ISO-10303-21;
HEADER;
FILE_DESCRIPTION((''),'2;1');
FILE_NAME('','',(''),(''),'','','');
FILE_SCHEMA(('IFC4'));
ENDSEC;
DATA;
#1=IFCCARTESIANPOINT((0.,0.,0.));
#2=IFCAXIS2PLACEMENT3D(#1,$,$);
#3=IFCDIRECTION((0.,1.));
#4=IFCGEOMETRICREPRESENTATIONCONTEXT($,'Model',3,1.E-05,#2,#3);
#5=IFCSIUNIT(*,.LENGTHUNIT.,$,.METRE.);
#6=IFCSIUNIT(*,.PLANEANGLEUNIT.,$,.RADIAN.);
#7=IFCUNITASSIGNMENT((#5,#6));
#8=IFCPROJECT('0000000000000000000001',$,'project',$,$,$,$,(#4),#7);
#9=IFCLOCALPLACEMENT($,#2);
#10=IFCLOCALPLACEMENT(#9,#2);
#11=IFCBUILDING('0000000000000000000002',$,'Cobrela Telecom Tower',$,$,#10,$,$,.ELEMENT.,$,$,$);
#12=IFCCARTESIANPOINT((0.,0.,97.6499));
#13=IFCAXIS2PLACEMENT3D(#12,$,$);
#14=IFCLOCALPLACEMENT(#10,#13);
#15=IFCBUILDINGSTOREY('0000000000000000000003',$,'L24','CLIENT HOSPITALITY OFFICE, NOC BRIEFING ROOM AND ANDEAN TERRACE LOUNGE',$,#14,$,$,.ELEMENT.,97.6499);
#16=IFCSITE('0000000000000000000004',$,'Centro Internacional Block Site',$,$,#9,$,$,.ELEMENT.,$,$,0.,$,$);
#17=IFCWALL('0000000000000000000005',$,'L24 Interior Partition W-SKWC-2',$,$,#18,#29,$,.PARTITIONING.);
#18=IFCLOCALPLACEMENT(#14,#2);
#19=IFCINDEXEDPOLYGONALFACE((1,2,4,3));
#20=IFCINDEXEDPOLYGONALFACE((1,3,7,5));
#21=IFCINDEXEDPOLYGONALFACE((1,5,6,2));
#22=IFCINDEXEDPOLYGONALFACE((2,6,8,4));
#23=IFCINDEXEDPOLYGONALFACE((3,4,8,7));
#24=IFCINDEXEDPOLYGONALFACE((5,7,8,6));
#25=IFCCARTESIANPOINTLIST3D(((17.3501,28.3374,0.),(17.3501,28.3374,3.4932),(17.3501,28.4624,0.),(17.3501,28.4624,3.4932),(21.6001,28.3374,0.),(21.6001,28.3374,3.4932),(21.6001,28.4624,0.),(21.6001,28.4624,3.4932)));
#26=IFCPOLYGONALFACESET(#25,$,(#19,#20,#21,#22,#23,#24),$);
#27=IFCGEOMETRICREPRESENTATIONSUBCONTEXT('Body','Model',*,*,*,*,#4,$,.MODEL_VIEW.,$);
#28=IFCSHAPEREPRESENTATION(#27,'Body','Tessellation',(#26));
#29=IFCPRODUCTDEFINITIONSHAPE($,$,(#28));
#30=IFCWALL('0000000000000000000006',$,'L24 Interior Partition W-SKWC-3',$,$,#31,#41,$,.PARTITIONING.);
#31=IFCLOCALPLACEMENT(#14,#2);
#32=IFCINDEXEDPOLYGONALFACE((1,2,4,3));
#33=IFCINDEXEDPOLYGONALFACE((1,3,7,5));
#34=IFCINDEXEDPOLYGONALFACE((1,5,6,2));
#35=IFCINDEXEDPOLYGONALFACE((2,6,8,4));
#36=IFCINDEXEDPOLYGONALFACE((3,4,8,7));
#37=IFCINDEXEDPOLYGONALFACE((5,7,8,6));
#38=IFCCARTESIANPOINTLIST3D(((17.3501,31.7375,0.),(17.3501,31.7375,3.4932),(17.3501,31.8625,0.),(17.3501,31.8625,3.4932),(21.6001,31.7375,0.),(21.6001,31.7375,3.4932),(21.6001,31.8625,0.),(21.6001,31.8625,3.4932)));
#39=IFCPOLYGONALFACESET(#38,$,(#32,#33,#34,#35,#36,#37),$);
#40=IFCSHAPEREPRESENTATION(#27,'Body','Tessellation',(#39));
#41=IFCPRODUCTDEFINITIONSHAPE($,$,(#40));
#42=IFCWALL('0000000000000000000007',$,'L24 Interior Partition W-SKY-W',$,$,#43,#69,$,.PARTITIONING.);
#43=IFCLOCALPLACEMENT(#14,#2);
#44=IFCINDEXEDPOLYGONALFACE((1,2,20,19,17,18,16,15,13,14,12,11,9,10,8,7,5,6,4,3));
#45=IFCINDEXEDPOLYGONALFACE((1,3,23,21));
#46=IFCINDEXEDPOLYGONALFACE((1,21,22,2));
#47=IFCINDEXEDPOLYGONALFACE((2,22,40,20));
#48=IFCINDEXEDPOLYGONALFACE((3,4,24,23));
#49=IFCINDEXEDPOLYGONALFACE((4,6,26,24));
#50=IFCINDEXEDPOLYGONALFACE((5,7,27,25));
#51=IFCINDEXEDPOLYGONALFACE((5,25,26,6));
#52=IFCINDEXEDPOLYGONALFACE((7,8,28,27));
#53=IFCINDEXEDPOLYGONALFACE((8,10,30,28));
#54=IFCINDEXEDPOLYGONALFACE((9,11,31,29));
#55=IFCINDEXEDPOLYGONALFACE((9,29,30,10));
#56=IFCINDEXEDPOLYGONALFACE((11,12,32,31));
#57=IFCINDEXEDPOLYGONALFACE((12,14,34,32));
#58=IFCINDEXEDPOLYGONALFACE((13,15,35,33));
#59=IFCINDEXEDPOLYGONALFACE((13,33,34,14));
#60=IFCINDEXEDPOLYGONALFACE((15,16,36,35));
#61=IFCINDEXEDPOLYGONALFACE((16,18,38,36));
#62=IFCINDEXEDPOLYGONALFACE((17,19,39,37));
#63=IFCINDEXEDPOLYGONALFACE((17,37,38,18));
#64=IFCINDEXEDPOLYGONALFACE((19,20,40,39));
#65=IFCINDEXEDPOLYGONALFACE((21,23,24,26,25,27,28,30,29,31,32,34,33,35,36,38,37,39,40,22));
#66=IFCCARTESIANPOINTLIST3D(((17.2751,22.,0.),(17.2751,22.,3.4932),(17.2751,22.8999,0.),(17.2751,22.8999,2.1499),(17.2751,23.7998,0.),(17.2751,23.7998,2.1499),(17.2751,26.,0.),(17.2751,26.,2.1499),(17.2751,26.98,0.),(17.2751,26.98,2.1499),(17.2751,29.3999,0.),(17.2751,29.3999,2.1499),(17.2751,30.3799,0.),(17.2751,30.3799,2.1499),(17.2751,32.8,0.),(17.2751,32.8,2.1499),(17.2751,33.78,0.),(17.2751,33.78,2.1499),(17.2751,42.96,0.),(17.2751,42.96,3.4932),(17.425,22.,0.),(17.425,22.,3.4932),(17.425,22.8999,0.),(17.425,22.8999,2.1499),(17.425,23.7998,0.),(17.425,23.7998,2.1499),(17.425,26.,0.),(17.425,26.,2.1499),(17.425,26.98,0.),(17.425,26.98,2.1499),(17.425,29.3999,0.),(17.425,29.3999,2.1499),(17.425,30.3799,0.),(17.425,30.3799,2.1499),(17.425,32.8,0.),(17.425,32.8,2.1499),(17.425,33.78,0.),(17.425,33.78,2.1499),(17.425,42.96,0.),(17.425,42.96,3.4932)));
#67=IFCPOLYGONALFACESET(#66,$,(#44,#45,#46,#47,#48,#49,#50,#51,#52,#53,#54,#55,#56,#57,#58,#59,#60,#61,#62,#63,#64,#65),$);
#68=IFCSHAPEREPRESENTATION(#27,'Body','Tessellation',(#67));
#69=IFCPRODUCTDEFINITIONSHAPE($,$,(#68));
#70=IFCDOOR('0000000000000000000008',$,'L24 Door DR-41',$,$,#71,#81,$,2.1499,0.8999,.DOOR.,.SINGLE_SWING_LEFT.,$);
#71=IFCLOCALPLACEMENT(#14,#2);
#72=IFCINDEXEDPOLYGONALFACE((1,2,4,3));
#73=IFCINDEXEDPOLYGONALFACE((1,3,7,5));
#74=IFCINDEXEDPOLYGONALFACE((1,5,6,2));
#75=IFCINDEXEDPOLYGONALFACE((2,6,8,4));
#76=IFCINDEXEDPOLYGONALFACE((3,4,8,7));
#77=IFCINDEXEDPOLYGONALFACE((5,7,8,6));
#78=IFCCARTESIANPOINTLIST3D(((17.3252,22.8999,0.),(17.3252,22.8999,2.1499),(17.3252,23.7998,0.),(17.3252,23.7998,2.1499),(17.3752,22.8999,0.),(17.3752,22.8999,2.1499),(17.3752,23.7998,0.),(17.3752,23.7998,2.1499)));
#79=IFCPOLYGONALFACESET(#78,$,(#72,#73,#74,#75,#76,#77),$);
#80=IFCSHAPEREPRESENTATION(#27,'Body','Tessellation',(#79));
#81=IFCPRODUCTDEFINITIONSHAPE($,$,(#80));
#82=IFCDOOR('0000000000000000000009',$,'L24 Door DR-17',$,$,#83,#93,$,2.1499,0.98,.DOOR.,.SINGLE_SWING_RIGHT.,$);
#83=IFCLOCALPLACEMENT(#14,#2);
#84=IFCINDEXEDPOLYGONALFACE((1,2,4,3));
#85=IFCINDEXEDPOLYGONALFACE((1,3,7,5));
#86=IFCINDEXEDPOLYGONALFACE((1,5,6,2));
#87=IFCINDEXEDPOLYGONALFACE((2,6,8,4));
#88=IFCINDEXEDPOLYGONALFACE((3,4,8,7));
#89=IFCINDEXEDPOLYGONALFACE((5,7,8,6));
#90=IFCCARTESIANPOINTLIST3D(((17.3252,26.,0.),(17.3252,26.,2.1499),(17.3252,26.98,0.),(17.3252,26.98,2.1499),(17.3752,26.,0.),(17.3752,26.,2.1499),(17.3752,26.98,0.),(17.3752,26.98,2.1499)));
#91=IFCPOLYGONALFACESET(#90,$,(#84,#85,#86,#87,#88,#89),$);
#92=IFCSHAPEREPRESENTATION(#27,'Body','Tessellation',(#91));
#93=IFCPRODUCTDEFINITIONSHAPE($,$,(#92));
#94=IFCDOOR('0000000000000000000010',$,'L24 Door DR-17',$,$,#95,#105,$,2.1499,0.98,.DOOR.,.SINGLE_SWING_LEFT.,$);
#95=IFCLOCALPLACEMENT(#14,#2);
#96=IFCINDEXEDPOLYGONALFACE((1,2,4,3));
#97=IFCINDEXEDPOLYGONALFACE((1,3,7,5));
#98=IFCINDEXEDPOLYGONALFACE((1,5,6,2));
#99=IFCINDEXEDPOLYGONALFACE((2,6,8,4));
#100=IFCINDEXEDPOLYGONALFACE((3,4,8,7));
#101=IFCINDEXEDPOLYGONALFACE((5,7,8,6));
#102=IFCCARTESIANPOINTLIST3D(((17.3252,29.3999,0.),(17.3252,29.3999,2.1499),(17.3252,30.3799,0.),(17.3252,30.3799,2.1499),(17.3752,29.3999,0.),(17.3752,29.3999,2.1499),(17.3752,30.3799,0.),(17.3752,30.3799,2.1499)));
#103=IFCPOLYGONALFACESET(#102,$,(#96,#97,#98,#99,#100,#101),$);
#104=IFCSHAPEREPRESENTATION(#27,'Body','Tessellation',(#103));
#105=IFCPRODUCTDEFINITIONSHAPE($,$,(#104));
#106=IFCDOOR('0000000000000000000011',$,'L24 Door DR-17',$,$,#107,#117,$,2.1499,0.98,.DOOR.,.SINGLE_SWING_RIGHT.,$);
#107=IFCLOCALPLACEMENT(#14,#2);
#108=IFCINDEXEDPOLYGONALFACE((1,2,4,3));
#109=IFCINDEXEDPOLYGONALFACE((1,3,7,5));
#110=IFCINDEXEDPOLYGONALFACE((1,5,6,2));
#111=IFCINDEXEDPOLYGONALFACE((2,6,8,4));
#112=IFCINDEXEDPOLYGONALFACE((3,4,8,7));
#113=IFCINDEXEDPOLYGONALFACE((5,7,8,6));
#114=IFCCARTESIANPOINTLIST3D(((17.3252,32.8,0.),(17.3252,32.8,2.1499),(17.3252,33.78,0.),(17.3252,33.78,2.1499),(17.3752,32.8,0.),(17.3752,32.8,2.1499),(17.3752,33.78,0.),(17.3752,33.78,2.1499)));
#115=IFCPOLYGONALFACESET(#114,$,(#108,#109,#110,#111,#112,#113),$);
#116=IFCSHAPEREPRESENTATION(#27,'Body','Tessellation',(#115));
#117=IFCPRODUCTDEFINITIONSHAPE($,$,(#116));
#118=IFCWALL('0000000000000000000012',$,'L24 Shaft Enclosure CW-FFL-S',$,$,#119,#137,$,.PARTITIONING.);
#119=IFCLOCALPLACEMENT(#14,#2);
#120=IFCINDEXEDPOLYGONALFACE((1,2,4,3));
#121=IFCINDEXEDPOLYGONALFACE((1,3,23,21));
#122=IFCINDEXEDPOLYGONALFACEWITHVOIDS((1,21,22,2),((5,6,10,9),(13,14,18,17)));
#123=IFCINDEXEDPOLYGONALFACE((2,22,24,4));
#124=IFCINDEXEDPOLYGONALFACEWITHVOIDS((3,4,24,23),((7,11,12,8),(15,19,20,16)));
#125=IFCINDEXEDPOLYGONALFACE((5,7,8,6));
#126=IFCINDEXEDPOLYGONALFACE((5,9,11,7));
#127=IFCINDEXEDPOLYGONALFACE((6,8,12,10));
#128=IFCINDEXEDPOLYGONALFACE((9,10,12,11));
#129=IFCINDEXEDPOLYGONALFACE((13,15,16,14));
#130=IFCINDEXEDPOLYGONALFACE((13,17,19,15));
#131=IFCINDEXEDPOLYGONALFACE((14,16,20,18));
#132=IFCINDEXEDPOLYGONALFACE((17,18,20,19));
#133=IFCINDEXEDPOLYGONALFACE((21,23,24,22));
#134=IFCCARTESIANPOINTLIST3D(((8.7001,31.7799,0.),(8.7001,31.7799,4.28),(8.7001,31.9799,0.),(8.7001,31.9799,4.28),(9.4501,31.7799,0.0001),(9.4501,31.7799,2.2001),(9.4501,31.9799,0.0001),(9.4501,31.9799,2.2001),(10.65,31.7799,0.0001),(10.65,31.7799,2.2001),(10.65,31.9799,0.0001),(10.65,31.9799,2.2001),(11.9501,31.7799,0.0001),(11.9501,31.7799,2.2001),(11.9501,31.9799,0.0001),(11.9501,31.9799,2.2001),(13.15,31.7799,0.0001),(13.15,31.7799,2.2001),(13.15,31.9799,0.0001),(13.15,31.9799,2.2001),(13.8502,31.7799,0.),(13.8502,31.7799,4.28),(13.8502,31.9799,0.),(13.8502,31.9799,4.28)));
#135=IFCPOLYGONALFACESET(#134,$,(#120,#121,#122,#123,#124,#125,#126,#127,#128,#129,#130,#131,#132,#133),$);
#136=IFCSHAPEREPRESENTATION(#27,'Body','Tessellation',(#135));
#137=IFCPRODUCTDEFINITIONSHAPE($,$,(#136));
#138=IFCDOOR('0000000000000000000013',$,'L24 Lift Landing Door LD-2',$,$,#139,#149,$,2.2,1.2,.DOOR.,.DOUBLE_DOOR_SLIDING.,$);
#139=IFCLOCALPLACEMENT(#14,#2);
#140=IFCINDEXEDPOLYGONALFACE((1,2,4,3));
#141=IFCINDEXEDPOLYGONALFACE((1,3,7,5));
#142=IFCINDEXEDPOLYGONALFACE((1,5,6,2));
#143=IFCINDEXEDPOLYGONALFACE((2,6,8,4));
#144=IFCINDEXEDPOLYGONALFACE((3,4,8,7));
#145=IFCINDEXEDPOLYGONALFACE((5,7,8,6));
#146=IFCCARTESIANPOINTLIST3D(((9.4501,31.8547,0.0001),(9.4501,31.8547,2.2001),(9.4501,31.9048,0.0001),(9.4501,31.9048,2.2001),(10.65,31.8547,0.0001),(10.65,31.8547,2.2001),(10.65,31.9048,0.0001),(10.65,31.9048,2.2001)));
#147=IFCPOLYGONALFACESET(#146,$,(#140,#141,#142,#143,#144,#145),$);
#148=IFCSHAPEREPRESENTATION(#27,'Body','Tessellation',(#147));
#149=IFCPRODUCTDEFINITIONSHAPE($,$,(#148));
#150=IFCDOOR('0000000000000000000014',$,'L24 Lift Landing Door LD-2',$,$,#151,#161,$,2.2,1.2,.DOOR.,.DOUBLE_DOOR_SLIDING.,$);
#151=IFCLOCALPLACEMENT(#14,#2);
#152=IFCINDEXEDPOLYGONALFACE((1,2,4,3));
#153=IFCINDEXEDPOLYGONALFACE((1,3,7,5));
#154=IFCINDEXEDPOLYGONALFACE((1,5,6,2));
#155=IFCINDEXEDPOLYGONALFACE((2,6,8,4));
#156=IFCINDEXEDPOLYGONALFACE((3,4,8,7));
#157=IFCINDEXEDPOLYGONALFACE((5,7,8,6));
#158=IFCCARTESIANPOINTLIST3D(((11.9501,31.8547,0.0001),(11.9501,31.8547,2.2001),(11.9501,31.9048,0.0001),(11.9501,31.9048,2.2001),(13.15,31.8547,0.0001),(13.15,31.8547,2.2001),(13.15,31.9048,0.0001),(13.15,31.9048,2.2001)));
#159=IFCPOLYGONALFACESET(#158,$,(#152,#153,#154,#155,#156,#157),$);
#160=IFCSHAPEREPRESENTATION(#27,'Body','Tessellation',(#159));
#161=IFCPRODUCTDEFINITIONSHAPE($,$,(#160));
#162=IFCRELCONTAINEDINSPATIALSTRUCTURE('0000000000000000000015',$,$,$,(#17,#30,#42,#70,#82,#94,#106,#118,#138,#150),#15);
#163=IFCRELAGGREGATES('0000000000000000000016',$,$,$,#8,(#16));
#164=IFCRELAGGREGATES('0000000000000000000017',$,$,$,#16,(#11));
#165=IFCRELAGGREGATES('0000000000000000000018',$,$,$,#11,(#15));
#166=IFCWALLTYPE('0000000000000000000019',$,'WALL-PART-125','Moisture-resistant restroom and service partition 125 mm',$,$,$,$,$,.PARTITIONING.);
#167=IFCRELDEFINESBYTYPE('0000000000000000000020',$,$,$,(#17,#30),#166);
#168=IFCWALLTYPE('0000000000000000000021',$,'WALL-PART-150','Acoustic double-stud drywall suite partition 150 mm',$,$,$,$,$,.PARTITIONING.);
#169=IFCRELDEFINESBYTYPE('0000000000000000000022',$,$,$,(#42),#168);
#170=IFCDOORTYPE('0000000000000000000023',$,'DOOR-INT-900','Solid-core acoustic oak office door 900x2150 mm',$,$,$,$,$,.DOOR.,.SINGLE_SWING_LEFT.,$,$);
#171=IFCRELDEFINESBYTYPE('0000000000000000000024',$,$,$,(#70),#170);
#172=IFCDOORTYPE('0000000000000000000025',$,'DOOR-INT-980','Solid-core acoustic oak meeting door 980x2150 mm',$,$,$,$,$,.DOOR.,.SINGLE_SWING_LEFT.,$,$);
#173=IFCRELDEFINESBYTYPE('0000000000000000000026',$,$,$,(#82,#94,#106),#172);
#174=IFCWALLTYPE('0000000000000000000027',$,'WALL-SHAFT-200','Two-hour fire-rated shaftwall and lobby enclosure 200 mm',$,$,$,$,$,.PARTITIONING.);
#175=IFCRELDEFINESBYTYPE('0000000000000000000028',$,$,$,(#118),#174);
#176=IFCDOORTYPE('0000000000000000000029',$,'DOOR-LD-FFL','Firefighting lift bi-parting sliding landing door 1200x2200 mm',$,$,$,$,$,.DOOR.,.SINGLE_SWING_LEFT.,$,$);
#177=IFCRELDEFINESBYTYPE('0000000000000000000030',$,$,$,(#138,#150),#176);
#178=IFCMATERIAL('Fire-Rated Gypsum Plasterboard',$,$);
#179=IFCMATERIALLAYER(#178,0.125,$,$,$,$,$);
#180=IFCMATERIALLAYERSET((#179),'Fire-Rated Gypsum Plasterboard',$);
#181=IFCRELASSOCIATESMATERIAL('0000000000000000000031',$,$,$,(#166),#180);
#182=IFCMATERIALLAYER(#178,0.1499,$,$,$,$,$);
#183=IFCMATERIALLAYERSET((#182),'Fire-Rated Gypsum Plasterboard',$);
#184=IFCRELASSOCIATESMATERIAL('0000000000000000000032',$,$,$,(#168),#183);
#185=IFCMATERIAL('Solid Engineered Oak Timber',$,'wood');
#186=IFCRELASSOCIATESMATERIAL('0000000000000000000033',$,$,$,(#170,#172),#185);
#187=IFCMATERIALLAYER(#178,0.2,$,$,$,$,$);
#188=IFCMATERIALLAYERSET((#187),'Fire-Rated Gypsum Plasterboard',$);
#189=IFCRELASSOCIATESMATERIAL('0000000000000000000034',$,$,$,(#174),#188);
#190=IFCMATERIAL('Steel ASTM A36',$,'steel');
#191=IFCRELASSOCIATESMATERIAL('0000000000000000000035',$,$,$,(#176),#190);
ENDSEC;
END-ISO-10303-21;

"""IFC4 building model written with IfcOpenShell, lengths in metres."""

from ifc_helpers import new_model, si_unit, direction, frame, frame_2d, origin, place, context, subcontext, project, spatial, rectangle, extrude, material, layer, layer_set, type_object, element, fill, save


model = new_model("IFC4")

# Units and contexts
model_context = context("Model", 3, precision=1e-05, world=origin(), true_north=direction((0.0, 1.0)))
body_context = subcontext(model_context, "Body", "Model", "MODEL_VIEW")
ifc_project = project(units=[si_unit("LENGTHUNIT", "METRE"), si_unit("PLANEANGLEUNIT", "RADIAN")], contexts=[model_context])

# Site, building, storey
site_placement = place(None, origin())
site = spatial("IfcSite", under=ifc_project, at=site_placement, Name="Centro Internacional Block Site", CompositionType="ELEMENT", RefElevation=0.0)
building_placement = place(site_placement, origin())
building = spatial("IfcBuilding", under=site, at=building_placement, Name="Cobrela Telecom Tower", CompositionType="ELEMENT")
storey_placement = place(building_placement, frame((0.0, 0.0, 97.6499)))
storey = spatial("IfcBuildingStorey", under=building, at=storey_placement, Name="L24", Description="CLIENT HOSPITALITY OFFICE, NOC BRIEFING ROOM AND ANDEAN TERRACE LOUNGE", CompositionType="ELEMENT", Elevation=97.6499)

# Shared definitions
ifc_material_1 = material(Name="Fire-Rated Gypsum Plasterboard")
ifc_material_2 = material(Name="Solid Engineered Oak Timber", Category="wood")

# Walls
ifc_layer_1 = layer(ifc_material_1, 0.125)
ifc_layer_set_1 = layer_set([ifc_layer_1], Name="Fire-Rated Gypsum Plasterboard")
wall_type_1 = type_object("IfcWallType", Name="WALL-PART-125", Description="Moisture-resistant restroom and service partition 125 mm", PredefinedType="PARTITIONING", material=ifc_layer_set_1)
for number, where, z_axis, x_axis, name in (
    (1, (17.3501, 28.3999, 0.0), (0.0, 0.0, 1.0), (1.0, 0.0, 0.0), "L24 Interior Partition W-SKWC-2"),
    (2, (17.3501, 31.8, 0.0), (0.0, 0.0, 1.0), (1.0, 0.0, 0.0), "L24 Interior Partition W-SKWC-3"),
):
    element("IfcWall", number, at=place(storey_placement, frame(where, z_axis=z_axis, x_axis=x_axis)), inside=storey, type_object=wall_type_1, Name=name, PredefinedType="PARTITIONING", context=body_context, shape_type="SweptSolid", body=[
        extrude(rectangle(XDim=4.25, YDim=0.125, at=frame_2d((2.125, 0.0))), origin(), (0.0, 0.0, 1.0), 3.4932),
    ])

# Walls, openings, doors
ifc_layer_2 = layer(ifc_material_1, 0.1499)
ifc_layer_set_2 = layer_set([ifc_layer_2], Name="Fire-Rated Gypsum Plasterboard")
wall_type_2 = type_object("IfcWallType", Name="WALL-PART-150", Description="Acoustic double-stud drywall suite partition 150 mm", PredefinedType="PARTITIONING", material=ifc_layer_set_2)
wall_1_placement = place(storey_placement, frame((17.3501, 22.0, 0.0), z_axis=(0.0, 0.0, 1.0), x_axis=(0.0, 1.0, 0.0)))
wall_1 = element("IfcWall", 3, at=wall_1_placement, inside=storey, type_object=wall_type_2, Name="L24 Interior Partition W-SKY-W", PredefinedType="PARTITIONING", context=body_context, shape_type="SweptSolid", body=[
    extrude(rectangle(XDim=20.96, YDim=0.1499, at=frame_2d((10.48, 0.0))), origin(), (0.0, 0.0, 1.0), 3.4932),
])
opening_1_placement = place(wall_1_placement, frame((0.8999, 0.0, 0.0)))
opening_1 = element("IfcOpeningElement", 4, at=opening_1_placement, cuts=wall_1, PredefinedType="OPENING", context=body_context, shape_type="SweptSolid", body=[
    extrude(rectangle(XDim=0.8999, YDim=2.1499, at=frame_2d((0.45, 1.075))), frame((0.0, 0.0869, 0.0), z_axis=(0.0, -1.0, 0.0), x_axis=(1.0, 0.0, 0.0)), (0.0, 0.0, 1.0), 0.1738),
])
opening_2_placement = place(wall_1_placement, frame((4.0, 0.0, 0.0)))
opening_2 = element("IfcOpeningElement", 5, at=opening_2_placement, cuts=wall_1, PredefinedType="OPENING", context=body_context, shape_type="SweptSolid", body=[
    extrude(rectangle(XDim=0.98, YDim=2.1499, at=frame_2d((0.49, 1.075))), frame((0.0, 0.0869, 0.0), z_axis=(0.0, -1.0, 0.0), x_axis=(1.0, 0.0, 0.0)), (0.0, 0.0, 1.0), 0.1738),
])
opening_3_placement = place(wall_1_placement, frame((7.3999, 0.0, 0.0)))
opening_3 = element("IfcOpeningElement", 6, at=opening_3_placement, cuts=wall_1, PredefinedType="OPENING", context=body_context, shape_type="SweptSolid", body=[
    extrude(rectangle(XDim=0.98, YDim=2.1499, at=frame_2d((0.49, 1.075))), frame((0.0, 0.0869, 0.0), z_axis=(0.0, -1.0, 0.0), x_axis=(1.0, 0.0, 0.0)), (0.0, 0.0, 1.0), 0.1738),
])
opening_4_placement = place(wall_1_placement, frame((10.8, 0.0, 0.0)))
opening_4 = element("IfcOpeningElement", 7, at=opening_4_placement, cuts=wall_1, PredefinedType="OPENING", context=body_context, shape_type="SweptSolid", body=[
    extrude(rectangle(XDim=0.98, YDim=2.1499, at=frame_2d((0.49, 1.075))), frame((0.0, 0.0869, 0.0), z_axis=(0.0, -1.0, 0.0), x_axis=(1.0, 0.0, 0.0)), (0.0, 0.0, 1.0), 0.1738),
])
door_type_1 = type_object("IfcDoorType", Name="DOOR-INT-900", Description="Solid-core acoustic oak office door 900x2150 mm", OperationType="SINGLE_SWING_LEFT", PredefinedType="DOOR", material=ifc_material_2)
door_1_placement = place(opening_1_placement, origin())
door_1 = element("IfcDoor", 8, at=door_1_placement, inside=storey, type_object=door_type_1, Name="L24 Door DR-41", OperationType="SINGLE_SWING_LEFT", OverallHeight=2.1499, OverallWidth=0.8999, PredefinedType="DOOR", context=body_context, shape_type="SweptSolid", body=[
    extrude(rectangle(XDim=0.8999, YDim=2.1499, at=frame_2d((0.45, 1.075))), frame((0.0, 0.0249, 0.0), z_axis=(0.0, -1.0, 0.0), x_axis=(1.0, 0.0, 0.0)), (0.0, 0.0, 1.0), 0.05),
])
fill(opening_1, door_1)
door_type_2 = type_object("IfcDoorType", Name="DOOR-INT-980", Description="Solid-core acoustic oak meeting door 980x2150 mm", OperationType="SINGLE_SWING_LEFT", PredefinedType="DOOR", material=ifc_material_2)
door_2_placement = place(opening_2_placement, origin())
door_2 = element("IfcDoor", 9, at=door_2_placement, inside=storey, type_object=door_type_2, Name="L24 Door DR-17", OperationType="SINGLE_SWING_RIGHT", OverallHeight=2.1499, OverallWidth=0.98, PredefinedType="DOOR", context=body_context, shape_type="SweptSolid", body=[
    extrude(rectangle(XDim=0.98, YDim=2.1499, at=frame_2d((0.49, 1.075))), frame((0.0, 0.0249, 0.0), z_axis=(0.0, -1.0, 0.0), x_axis=(1.0, 0.0, 0.0)), (0.0, 0.0, 1.0), 0.05),
])
fill(opening_2, door_2)
door_3_placement = place(opening_3_placement, origin())
door_3 = element("IfcDoor", 10, at=door_3_placement, inside=storey, type_object=door_type_2, Name="L24 Door DR-17", OperationType="SINGLE_SWING_LEFT", OverallHeight=2.1499, OverallWidth=0.98, PredefinedType="DOOR", context=body_context, shape_type="SweptSolid", body=[
    extrude(rectangle(XDim=0.98, YDim=2.1499, at=frame_2d((0.49, 1.075))), frame((0.0, 0.0249, 0.0), z_axis=(0.0, -1.0, 0.0), x_axis=(1.0, 0.0, 0.0)), (0.0, 0.0, 1.0), 0.05),
])
fill(opening_3, door_3)
door_4_placement = place(opening_4_placement, origin())
door_4 = element("IfcDoor", 11, at=door_4_placement, inside=storey, type_object=door_type_2, Name="L24 Door DR-17", OperationType="SINGLE_SWING_RIGHT", OverallHeight=2.1499, OverallWidth=0.98, PredefinedType="DOOR", context=body_context, shape_type="SweptSolid", body=[
    extrude(rectangle(XDim=0.98, YDim=2.1499, at=frame_2d((0.49, 1.075))), frame((0.0, 0.0249, 0.0), z_axis=(0.0, -1.0, 0.0), x_axis=(1.0, 0.0, 0.0)), (0.0, 0.0, 1.0), 0.05),
])
fill(opening_4, door_4)
ifc_layer_3 = layer(ifc_material_1, 0.2)
ifc_layer_set_3 = layer_set([ifc_layer_3], Name="Fire-Rated Gypsum Plasterboard")
wall_type_3 = type_object("IfcWallType", Name="WALL-SHAFT-200", Description="Two-hour fire-rated shaftwall and lobby enclosure 200 mm", PredefinedType="PARTITIONING", material=ifc_layer_set_3)
wall_2_placement = place(storey_placement, frame((8.7, 31.8799, 0.0), z_axis=(0.0, 0.0, 1.0), x_axis=(1.0, 0.0, 0.0)))
wall_2 = element("IfcWall", 12, at=wall_2_placement, inside=storey, type_object=wall_type_3, Name="L24 Shaft Enclosure CW-FFL-S", PredefinedType="PARTITIONING", context=body_context, shape_type="SweptSolid", body=[
    extrude(rectangle(XDim=5.1501, YDim=0.2, at=frame_2d((2.5752, 0.0))), origin(), (0.0, 0.0, 1.0), 4.28),
])
opening_5_placement = place(wall_2_placement, frame((0.75, 0.0, 0.0)))
opening_5 = element("IfcOpeningElement", 13, at=opening_5_placement, cuts=wall_2, PredefinedType="OPENING", context=body_context, shape_type="SweptSolid", body=[
    extrude(rectangle(XDim=1.2, YDim=2.2, at=frame_2d((0.6001, 1.1001))), frame((0.0, 0.1118, 0.0), z_axis=(0.0, -1.0, 0.0), x_axis=(1.0, 0.0, 0.0)), (0.0, 0.0, 1.0), 0.2239),
])
opening_6_placement = place(wall_2_placement, frame((3.25, 0.0, 0.0)))
opening_6 = element("IfcOpeningElement", 14, at=opening_6_placement, cuts=wall_2, PredefinedType="OPENING", context=body_context, shape_type="SweptSolid", body=[
    extrude(rectangle(XDim=1.2, YDim=2.2, at=frame_2d((0.6001, 1.1001))), frame((0.0, 0.1118, 0.0), z_axis=(0.0, -1.0, 0.0), x_axis=(1.0, 0.0, 0.0)), (0.0, 0.0, 1.0), 0.2239),
])
ifc_material_3 = material(Name="Steel ASTM A36", Category="steel")
door_type_3 = type_object("IfcDoorType", Name="DOOR-LD-FFL", Description="Firefighting lift bi-parting sliding landing door 1200x2200 mm", OperationType="SINGLE_SWING_LEFT", PredefinedType="DOOR", material=ifc_material_3)
door_5_placement = place(opening_5_placement, origin())
door_5 = element("IfcDoor", 15, at=door_5_placement, inside=storey, type_object=door_type_3, Name="L24 Lift Landing Door LD-2", OperationType="DOUBLE_DOOR_SLIDING", OverallHeight=2.2, OverallWidth=1.2, PredefinedType="DOOR", context=body_context, shape_type="SweptSolid", body=[
    extrude(rectangle(XDim=1.2, YDim=2.2, at=frame_2d((0.6001, 1.1001))), frame((0.0, 0.0249, 0.0), z_axis=(0.0, -1.0, 0.0), x_axis=(1.0, 0.0, 0.0)), (0.0, 0.0, 1.0), 0.05),
])
fill(opening_5, door_5)
door_6_placement = place(opening_6_placement, origin())
door_6 = element("IfcDoor", 16, at=door_6_placement, inside=storey, type_object=door_type_3, Name="L24 Lift Landing Door LD-2", OperationType="DOUBLE_DOOR_SLIDING", OverallHeight=2.2, OverallWidth=1.2, PredefinedType="DOOR", context=body_context, shape_type="SweptSolid", body=[
    extrude(rectangle(XDim=1.2, YDim=2.2, at=frame_2d((0.6001, 1.1001))), frame((0.0, 0.0249, 0.0), z_axis=(0.0, -1.0, 0.0), x_axis=(1.0, 0.0, 0.0)), (0.0, 0.0, 1.0), 0.05),
])
fill(opening_6, door_6)

save(model, "model.ifc")
